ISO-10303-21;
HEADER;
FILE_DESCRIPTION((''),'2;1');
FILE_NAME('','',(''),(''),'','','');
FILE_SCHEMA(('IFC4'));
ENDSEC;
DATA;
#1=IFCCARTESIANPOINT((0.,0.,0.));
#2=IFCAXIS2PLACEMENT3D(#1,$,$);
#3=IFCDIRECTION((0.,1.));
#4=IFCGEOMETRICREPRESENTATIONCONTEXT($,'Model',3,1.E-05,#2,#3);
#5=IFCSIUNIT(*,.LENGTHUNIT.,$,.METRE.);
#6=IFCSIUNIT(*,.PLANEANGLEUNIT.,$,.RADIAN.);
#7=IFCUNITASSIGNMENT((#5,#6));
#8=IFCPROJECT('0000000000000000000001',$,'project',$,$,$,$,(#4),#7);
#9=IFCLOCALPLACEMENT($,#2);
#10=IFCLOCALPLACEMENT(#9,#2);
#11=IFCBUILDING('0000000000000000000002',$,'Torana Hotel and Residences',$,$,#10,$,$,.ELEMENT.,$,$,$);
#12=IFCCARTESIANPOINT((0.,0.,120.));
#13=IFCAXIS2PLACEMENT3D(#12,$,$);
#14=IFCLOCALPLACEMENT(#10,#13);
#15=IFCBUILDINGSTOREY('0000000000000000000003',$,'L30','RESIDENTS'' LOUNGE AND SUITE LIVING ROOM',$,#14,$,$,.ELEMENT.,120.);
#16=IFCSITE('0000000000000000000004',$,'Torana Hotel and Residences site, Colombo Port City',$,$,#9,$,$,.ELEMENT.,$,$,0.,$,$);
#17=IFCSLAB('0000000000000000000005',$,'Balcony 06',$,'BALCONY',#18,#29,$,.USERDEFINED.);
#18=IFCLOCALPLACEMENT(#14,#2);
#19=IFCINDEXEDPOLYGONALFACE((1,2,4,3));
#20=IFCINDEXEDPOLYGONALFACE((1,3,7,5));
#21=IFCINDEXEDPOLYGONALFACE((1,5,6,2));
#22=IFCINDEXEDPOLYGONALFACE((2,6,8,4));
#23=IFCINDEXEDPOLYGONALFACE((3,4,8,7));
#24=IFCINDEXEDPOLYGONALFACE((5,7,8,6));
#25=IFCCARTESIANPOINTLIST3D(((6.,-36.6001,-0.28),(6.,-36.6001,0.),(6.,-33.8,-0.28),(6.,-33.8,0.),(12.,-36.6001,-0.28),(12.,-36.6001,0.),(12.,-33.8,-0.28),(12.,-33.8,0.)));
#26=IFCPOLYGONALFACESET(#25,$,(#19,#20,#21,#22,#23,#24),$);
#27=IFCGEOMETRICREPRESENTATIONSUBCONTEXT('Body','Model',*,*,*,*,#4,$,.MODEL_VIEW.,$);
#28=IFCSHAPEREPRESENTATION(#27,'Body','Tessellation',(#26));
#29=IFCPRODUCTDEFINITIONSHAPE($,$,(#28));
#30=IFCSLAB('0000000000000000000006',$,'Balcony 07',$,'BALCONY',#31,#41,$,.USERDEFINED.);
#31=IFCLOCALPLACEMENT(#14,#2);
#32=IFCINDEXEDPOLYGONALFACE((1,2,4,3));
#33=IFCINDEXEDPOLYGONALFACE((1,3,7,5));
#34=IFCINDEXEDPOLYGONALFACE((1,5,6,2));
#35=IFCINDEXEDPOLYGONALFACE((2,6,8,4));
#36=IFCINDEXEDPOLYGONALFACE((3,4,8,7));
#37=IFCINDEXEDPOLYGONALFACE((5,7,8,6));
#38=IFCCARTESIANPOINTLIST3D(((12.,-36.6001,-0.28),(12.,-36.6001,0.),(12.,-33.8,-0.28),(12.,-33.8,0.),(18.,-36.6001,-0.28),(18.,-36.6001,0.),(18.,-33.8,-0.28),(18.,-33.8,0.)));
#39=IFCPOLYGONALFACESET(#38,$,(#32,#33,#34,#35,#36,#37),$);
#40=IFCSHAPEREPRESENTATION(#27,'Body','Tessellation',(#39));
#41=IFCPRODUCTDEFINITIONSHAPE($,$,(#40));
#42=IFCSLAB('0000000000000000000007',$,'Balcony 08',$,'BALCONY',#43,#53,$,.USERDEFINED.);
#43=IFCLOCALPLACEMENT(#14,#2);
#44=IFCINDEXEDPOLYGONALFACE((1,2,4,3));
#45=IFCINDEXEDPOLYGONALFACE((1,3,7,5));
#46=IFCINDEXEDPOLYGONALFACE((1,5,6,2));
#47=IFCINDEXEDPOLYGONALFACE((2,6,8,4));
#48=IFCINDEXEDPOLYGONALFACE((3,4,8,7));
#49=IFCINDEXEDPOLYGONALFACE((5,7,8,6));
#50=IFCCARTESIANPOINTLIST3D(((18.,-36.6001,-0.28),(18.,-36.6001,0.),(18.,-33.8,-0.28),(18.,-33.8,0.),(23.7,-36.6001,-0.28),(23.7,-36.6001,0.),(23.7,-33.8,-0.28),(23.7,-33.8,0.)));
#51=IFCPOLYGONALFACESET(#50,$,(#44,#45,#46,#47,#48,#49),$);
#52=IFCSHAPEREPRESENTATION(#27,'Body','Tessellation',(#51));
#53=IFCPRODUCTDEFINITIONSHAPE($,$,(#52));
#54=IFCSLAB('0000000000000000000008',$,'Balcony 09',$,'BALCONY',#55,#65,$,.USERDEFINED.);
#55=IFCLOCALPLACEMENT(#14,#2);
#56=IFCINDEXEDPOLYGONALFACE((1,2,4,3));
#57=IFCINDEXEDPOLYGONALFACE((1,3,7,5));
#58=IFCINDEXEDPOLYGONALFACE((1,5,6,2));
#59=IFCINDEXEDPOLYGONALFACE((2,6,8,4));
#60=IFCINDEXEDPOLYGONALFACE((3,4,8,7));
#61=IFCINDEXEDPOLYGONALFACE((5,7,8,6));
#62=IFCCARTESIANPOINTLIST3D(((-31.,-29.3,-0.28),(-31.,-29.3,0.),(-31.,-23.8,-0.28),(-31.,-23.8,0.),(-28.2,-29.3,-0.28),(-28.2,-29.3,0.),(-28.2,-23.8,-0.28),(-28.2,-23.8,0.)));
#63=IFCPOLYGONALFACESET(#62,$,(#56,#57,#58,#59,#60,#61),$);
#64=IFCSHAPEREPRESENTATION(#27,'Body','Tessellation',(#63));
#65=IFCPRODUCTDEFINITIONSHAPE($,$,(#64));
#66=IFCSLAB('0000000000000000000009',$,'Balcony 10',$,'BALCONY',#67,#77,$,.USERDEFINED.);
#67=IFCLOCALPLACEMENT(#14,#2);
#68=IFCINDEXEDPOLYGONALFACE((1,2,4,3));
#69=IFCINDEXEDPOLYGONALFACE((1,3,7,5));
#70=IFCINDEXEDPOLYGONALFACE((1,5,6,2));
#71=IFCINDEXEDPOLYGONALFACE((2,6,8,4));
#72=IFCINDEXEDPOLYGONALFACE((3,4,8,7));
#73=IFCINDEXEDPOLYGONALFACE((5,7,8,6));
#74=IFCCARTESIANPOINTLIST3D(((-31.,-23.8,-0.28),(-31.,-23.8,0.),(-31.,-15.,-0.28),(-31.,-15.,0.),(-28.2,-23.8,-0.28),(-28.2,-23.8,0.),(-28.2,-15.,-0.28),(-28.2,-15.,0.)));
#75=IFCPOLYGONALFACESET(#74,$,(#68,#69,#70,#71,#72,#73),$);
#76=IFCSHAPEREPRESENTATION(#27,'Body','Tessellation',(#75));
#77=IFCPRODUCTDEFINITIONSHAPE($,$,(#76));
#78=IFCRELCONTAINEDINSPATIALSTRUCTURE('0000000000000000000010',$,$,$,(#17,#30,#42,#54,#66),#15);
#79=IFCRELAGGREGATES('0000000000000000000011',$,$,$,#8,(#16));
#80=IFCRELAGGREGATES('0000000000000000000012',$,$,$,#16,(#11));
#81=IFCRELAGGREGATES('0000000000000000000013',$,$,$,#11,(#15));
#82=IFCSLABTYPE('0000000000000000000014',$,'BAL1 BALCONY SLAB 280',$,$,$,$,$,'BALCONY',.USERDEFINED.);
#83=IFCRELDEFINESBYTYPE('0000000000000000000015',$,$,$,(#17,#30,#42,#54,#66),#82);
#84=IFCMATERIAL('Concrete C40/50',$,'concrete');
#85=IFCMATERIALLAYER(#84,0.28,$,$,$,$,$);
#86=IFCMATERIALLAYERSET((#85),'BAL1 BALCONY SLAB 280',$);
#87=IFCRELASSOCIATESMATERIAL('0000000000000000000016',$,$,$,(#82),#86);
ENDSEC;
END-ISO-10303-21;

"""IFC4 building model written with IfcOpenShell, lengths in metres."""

from ifc_helpers import new_model, si_unit, direction, frame, origin, place, context, subcontext, project, spatial, polyline, outline, extrude, material, layer, layer_set, type_object, element, save


model = new_model("IFC4")

# Units and contexts
model_context = context("Model", 3, precision=1e-05, world=origin(), true_north=direction((0.0, 1.0)))
body_context = subcontext(model_context, "Body", "Model", "MODEL_VIEW")
ifc_project = project(units=[si_unit("LENGTHUNIT", "METRE"), si_unit("PLANEANGLEUNIT", "RADIAN")], contexts=[model_context])

# Site, building, storey
site_placement = place(None, origin())
site = spatial("IfcSite", under=ifc_project, at=site_placement, Name="Torana Hotel and Residences site, Colombo Port City", CompositionType="ELEMENT", RefElevation=0.0)
building_placement = place(site_placement, origin())
building = spatial("IfcBuilding", under=site, at=building_placement, Name="Torana Hotel and Residences", CompositionType="ELEMENT")
storey_placement = place(building_placement, frame((0.0, 0.0, 120.0)))
storey = spatial("IfcBuildingStorey", under=building, at=storey_placement, Name="L30", Description="RESIDENTS' LOUNGE AND SUITE LIVING ROOM", CompositionType="ELEMENT", Elevation=120.0)

# Slabs
ifc_material_1 = material(Name="Concrete C40/50", Category="concrete")
ifc_layer_1 = layer(ifc_material_1, 0.28)
ifc_layer_set_1 = layer_set([ifc_layer_1], Name="BAL1 BALCONY SLAB 280")
slab_type = type_object("IfcSlabType", Name="BAL1 BALCONY SLAB 280", ElementType="BALCONY", PredefinedType="USERDEFINED", material=ifc_layer_set_1)
slab_1_placement = place(storey_placement, frame((0.0, 0.0, -0.28)))
element("IfcSlab", 1, at=slab_1_placement, inside=storey, type_object=slab_type, Name="Balcony 06", ObjectType="BALCONY", PredefinedType="USERDEFINED", context=body_context, shape_type="SweptSolid", body=[
    extrude(outline(polyline([(6.0, -36.6001), (12.0, -36.6001), (12.0, -33.8), (6.0, -33.8), (6.0, -36.6001)])), origin(), (0.0, 0.0, 1.0), 0.28),
])
slab_2_placement = place(storey_placement, frame((0.0, 0.0, -0.28)))
element("IfcSlab", 2, at=slab_2_placement, inside=storey, type_object=slab_type, Name="Balcony 07", ObjectType="BALCONY", PredefinedType="USERDEFINED", context=body_context, shape_type="SweptSolid", body=[
    extrude(outline(polyline([(12.0, -36.6001), (18.0, -36.6001), (18.0, -33.8), (12.0, -33.8), (12.0, -36.6001)])), origin(), (0.0, 0.0, 1.0), 0.28),
])
slab_3_placement = place(storey_placement, frame((0.0, 0.0, -0.28)))
element("IfcSlab", 3, at=slab_3_placement, inside=storey, type_object=slab_type, Name="Balcony 08", ObjectType="BALCONY", PredefinedType="USERDEFINED", context=body_context, shape_type="SweptSolid", body=[
    extrude(outline(polyline([(18.0, -36.6001), (23.7, -36.6001), (23.7, -33.8), (18.0, -33.8), (18.0, -36.6001)])), origin(), (0.0, 0.0, 1.0), 0.28),
])
slab_4_placement = place(storey_placement, frame((0.0, 0.0, -0.28)))
element("IfcSlab", 4, at=slab_4_placement, inside=storey, type_object=slab_type, Name="Balcony 09", ObjectType="BALCONY", PredefinedType="USERDEFINED", context=body_context, shape_type="SweptSolid", body=[
    extrude(outline(polyline([(-31.0, -29.3), (-28.2, -29.3), (-28.2, -23.8), (-31.0, -23.8), (-31.0, -29.3)])), origin(), (0.0, 0.0, 1.0), 0.28),
])
slab_5_placement = place(storey_placement, frame((0.0, 0.0, -0.28)))
element("IfcSlab", 5, at=slab_5_placement, inside=storey, type_object=slab_type, Name="Balcony 10", ObjectType="BALCONY", PredefinedType="USERDEFINED", context=body_context, shape_type="SweptSolid", body=[
    extrude(outline(polyline([(-31.0, -23.8), (-28.2, -23.8), (-28.2, -15.0), (-31.0, -15.0), (-31.0, -23.8)])), origin(), (0.0, 0.0, 1.0), 0.28),
])

save(model, "model.ifc")
